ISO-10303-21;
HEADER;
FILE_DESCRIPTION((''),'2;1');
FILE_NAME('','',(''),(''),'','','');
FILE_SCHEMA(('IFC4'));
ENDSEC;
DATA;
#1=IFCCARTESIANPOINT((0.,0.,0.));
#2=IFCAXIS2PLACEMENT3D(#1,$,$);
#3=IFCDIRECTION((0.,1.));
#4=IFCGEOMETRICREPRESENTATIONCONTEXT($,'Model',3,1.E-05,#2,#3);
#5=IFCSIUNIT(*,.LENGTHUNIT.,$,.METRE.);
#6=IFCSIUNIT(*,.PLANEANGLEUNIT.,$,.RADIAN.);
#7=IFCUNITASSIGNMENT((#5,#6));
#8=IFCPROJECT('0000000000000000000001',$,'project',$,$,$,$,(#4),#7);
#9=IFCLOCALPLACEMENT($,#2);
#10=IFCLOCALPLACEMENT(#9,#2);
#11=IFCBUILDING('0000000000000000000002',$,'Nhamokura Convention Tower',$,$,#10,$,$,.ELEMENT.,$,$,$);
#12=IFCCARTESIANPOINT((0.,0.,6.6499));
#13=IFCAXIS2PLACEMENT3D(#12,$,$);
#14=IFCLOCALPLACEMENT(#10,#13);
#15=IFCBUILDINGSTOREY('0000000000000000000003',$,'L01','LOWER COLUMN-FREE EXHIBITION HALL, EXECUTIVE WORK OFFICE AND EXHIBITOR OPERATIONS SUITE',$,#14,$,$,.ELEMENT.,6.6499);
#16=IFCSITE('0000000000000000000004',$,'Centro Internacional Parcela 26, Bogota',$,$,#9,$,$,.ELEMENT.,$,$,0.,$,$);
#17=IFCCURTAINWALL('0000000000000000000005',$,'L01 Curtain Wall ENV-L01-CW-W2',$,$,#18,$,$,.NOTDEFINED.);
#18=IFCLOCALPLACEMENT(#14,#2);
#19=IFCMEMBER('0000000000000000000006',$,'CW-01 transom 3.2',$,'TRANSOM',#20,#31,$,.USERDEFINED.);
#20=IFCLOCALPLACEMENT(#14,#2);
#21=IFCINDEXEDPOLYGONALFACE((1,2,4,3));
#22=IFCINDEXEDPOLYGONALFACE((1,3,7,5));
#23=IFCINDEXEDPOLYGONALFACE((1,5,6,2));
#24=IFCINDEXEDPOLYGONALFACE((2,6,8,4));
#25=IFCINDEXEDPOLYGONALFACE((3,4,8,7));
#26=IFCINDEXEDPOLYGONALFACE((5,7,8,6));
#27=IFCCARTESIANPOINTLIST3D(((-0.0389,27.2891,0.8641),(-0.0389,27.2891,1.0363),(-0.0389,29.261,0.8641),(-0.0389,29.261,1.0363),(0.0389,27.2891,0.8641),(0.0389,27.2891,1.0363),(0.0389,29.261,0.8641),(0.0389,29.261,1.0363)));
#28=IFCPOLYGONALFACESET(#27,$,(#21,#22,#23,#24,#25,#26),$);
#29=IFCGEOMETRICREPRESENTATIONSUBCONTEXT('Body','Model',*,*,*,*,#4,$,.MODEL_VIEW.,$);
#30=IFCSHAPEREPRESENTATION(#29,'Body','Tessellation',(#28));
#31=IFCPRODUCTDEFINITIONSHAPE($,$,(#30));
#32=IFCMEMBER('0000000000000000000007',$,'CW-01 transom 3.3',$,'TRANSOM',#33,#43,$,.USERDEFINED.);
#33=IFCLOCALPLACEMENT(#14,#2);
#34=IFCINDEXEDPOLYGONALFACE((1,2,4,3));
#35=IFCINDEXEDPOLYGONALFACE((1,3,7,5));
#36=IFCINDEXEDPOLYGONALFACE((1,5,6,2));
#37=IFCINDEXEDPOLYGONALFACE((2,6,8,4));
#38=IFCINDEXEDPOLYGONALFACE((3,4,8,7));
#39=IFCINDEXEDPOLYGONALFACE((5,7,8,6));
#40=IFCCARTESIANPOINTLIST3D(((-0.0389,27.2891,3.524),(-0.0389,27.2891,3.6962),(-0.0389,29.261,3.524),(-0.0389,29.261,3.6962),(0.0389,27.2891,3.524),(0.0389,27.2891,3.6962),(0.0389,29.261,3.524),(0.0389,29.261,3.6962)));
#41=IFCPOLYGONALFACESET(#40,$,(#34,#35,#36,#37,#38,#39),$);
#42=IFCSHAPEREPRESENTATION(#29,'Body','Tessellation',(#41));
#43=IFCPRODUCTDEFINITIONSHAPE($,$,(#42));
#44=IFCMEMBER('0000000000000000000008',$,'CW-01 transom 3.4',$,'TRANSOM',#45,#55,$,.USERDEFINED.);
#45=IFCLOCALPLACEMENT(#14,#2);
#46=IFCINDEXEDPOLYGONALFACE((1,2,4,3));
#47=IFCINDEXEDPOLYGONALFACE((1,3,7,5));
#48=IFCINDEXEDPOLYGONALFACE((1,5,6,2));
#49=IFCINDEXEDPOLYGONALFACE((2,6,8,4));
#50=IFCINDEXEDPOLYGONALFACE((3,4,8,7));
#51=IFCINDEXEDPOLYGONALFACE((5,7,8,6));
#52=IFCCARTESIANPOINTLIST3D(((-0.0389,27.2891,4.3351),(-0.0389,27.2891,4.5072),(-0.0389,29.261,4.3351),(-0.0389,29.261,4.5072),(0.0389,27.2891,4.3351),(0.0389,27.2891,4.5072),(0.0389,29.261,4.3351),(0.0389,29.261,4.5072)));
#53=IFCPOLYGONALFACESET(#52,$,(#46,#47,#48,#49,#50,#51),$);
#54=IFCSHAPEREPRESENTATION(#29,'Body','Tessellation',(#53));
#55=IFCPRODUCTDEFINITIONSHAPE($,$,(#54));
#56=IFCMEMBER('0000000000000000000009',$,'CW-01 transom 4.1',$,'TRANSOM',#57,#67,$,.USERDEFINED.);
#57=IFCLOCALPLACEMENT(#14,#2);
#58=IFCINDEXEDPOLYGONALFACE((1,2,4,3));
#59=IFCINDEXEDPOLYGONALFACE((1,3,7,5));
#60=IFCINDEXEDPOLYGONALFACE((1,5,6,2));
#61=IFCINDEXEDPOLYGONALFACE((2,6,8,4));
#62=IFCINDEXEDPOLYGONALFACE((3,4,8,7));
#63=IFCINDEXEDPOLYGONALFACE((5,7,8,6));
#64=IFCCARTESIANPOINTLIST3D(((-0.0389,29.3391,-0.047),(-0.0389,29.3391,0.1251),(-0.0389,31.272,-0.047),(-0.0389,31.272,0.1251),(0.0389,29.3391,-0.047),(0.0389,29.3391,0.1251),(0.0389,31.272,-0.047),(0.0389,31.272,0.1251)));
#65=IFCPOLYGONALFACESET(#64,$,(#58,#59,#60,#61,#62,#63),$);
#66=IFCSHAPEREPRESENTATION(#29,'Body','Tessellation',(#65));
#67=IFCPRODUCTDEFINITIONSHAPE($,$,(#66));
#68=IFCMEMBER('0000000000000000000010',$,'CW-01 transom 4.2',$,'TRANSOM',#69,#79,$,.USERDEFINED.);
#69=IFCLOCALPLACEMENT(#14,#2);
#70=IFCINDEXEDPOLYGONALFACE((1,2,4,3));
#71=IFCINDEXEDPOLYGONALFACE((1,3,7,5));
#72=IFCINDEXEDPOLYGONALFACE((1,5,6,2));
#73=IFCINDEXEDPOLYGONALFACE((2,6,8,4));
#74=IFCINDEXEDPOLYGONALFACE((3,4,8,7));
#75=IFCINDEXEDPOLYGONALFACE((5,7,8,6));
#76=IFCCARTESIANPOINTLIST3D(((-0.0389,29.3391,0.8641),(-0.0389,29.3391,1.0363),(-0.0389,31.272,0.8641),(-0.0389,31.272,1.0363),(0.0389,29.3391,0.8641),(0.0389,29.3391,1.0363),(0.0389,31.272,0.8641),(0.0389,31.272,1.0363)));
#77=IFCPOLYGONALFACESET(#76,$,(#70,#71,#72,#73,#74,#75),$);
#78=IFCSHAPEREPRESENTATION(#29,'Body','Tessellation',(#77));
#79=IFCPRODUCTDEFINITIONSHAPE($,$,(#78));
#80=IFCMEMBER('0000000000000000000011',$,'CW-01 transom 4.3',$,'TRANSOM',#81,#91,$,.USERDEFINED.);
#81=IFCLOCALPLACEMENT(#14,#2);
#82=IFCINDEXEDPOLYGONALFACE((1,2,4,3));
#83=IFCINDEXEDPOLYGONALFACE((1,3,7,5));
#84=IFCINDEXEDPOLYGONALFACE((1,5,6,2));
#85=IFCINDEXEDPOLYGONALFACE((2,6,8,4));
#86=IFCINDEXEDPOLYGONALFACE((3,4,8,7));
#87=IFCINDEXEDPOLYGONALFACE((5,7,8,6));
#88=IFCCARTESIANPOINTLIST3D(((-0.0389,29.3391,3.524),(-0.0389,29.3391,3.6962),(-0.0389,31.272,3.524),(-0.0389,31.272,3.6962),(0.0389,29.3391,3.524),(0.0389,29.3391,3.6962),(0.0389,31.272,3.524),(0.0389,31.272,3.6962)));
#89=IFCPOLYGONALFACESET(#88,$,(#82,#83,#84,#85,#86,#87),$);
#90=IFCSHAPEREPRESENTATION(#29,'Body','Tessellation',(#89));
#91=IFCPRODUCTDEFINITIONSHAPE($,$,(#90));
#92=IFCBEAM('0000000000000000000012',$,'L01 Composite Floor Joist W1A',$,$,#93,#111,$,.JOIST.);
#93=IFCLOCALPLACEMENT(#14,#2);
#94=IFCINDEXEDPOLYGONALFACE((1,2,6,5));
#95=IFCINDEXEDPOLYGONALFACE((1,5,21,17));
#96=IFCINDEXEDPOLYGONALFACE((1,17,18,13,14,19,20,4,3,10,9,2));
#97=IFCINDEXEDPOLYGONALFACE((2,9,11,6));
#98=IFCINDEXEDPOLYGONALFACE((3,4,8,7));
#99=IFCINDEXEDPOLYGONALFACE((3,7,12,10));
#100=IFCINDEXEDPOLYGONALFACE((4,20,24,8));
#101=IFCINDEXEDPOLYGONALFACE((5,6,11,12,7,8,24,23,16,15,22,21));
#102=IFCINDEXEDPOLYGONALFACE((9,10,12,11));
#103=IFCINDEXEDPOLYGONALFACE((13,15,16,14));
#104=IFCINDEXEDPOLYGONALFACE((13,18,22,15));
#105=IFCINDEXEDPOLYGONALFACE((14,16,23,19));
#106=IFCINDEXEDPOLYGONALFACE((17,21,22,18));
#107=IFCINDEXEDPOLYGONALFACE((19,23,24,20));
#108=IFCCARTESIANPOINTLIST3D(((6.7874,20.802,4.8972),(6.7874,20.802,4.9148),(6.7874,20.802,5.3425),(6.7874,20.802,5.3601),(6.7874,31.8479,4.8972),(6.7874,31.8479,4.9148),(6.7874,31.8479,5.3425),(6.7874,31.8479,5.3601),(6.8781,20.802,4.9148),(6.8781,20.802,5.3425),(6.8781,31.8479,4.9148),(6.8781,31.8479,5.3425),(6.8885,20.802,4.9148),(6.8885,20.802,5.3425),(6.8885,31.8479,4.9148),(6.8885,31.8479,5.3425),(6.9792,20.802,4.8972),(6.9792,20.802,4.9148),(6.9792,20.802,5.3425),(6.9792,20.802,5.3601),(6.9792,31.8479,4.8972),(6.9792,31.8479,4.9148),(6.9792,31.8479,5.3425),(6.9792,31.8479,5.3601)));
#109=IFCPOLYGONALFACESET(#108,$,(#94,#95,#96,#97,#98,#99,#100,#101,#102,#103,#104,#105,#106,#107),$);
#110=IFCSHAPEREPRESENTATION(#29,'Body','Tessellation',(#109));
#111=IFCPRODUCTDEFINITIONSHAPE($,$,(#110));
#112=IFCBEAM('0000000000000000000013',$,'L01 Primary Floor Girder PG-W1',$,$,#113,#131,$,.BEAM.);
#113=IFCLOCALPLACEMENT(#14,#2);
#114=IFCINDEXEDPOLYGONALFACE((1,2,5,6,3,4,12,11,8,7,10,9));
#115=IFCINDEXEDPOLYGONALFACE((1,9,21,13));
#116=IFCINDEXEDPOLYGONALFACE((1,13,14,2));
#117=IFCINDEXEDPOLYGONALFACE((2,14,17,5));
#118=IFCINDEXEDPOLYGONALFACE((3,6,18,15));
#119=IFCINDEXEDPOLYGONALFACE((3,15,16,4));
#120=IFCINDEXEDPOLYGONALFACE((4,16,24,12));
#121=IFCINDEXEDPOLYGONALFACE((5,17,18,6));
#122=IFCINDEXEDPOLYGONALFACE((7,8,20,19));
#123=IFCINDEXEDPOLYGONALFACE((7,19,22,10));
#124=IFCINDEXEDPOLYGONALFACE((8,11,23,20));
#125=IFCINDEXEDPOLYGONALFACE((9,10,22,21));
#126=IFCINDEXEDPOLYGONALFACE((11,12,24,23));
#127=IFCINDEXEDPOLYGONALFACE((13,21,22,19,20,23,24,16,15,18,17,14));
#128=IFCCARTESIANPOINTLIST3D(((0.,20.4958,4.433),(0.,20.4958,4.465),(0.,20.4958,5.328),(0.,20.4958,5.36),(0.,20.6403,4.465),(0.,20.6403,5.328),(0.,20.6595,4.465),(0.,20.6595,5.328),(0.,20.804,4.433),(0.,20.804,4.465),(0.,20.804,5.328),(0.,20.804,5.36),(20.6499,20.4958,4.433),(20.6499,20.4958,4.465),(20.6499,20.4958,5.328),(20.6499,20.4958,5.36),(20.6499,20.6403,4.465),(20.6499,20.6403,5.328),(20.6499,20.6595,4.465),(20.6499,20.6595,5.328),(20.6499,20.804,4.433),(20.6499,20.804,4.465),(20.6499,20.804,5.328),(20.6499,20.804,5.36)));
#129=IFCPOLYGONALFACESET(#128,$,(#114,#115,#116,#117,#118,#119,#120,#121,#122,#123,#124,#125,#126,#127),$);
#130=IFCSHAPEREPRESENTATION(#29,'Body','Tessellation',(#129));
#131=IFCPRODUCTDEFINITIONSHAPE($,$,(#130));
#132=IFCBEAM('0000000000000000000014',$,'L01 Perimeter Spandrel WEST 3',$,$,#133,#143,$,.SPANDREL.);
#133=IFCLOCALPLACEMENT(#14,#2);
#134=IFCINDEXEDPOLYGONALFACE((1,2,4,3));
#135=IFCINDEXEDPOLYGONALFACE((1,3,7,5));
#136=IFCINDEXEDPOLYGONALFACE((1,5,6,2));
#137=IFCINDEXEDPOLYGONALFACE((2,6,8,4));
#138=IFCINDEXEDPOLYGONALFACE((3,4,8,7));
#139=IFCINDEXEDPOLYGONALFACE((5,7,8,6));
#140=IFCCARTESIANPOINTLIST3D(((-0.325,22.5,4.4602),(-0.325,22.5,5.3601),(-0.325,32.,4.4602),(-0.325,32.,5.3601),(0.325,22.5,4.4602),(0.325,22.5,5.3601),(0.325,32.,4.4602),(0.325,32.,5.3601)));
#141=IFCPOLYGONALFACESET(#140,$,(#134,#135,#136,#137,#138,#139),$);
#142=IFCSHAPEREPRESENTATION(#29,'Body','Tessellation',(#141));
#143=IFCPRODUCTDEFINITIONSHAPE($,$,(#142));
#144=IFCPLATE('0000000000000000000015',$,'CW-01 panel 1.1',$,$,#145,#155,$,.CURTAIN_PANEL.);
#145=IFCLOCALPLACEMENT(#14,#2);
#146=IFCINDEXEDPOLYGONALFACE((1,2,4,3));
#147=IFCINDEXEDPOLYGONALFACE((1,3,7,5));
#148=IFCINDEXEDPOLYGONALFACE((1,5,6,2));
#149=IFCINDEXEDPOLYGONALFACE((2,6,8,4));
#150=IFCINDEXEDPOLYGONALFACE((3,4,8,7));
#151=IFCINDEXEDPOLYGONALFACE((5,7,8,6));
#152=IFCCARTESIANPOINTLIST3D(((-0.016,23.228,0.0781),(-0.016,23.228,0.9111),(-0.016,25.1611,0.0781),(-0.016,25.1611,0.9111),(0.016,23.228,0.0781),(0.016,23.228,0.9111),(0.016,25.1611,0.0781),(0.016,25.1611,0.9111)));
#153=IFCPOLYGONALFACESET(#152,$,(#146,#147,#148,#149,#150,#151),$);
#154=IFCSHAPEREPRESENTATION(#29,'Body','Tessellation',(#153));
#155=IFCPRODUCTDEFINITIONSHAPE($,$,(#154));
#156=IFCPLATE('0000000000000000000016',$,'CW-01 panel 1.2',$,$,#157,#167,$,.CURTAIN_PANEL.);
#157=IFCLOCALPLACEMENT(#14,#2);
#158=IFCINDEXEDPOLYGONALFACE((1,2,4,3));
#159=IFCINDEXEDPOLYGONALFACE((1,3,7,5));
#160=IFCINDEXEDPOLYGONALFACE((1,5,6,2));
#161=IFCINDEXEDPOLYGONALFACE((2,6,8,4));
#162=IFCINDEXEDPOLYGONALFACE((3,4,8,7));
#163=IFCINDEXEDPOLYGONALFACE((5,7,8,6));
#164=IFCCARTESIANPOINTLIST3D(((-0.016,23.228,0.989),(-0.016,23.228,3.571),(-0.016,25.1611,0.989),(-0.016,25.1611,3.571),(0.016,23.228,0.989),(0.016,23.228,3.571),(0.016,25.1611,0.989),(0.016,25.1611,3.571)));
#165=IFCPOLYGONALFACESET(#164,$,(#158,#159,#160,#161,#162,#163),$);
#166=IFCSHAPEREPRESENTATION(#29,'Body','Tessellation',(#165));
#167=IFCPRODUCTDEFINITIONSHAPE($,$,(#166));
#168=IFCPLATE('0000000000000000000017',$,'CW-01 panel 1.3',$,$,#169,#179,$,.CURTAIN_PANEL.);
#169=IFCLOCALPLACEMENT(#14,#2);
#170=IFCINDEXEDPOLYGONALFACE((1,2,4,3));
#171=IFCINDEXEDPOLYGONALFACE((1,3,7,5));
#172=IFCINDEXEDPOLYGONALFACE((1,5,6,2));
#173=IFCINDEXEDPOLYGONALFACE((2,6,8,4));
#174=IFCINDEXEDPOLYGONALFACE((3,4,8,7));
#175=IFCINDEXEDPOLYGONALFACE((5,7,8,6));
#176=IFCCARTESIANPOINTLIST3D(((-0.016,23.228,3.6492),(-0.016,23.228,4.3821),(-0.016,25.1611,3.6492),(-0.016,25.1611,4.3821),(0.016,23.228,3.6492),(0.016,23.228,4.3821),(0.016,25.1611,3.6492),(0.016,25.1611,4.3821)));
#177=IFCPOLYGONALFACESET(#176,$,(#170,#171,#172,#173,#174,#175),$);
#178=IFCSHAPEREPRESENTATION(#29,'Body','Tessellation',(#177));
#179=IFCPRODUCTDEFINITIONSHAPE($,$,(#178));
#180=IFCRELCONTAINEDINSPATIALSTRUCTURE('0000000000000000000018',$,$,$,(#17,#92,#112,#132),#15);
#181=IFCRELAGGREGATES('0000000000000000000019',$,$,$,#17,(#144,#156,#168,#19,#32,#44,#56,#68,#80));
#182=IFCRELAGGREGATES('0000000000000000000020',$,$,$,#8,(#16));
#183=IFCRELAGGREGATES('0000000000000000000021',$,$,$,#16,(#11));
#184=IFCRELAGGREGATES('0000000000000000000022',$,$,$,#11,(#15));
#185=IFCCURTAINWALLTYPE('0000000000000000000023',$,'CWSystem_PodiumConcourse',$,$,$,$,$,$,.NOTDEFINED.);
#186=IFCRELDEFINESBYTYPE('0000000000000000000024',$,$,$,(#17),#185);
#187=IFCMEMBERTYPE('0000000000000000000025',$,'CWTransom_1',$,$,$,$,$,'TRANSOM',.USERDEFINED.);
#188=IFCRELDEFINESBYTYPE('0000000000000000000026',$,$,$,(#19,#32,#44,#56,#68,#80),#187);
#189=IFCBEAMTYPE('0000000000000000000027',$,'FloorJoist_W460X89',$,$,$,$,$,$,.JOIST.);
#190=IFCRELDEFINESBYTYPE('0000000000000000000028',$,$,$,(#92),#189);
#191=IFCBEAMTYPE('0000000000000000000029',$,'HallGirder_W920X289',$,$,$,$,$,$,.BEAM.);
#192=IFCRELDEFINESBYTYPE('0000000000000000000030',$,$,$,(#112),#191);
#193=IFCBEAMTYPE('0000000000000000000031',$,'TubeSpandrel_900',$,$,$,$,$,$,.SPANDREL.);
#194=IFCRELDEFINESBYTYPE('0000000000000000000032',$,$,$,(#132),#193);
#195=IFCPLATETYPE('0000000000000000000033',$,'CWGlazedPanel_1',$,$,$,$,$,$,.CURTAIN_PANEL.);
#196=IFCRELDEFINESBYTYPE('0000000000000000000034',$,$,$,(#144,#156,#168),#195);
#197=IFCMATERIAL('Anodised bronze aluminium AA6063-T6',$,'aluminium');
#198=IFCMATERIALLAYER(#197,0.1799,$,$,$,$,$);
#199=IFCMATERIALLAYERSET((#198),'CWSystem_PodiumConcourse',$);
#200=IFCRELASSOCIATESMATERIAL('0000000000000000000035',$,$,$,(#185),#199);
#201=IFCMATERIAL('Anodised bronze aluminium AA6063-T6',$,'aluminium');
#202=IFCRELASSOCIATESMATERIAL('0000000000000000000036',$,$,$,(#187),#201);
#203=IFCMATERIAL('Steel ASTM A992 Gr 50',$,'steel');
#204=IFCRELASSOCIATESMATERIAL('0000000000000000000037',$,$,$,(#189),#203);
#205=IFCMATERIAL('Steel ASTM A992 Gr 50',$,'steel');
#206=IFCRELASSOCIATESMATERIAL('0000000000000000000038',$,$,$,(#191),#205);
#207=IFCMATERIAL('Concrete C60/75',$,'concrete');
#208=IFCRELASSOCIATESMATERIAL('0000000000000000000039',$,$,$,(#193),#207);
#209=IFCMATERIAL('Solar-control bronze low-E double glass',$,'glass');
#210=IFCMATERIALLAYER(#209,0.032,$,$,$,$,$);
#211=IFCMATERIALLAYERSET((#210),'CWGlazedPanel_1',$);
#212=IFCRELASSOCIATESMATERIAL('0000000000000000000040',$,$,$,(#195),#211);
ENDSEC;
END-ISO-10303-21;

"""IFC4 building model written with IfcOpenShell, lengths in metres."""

from ifc_helpers import new_model, si_unit, direction, frame, origin, origin_2d, place, context, subcontext, project, spatial, rectangle, i_section, extrude, material, layer, layer_set, material_profile, profile_set, type_object, element, aggregate, save


model = new_model("IFC4")

# Units and contexts
model_context = context("Model", 3, precision=1e-05, world=origin(), true_north=direction((0.0, 1.0)))
body_context = subcontext(model_context, "Body", "Model", "MODEL_VIEW")
ifc_project = project(units=[si_unit("LENGTHUNIT", "METRE"), si_unit("PLANEANGLEUNIT", "RADIAN")], contexts=[model_context])

# Site, building, storey
site_placement = place(None, origin())
site = spatial("IfcSite", under=ifc_project, at=site_placement, Name="Centro Internacional Parcela 26, Bogota", CompositionType="ELEMENT", RefElevation=0.0)
building_placement = place(site_placement, origin())
building = spatial("IfcBuilding", under=site, at=building_placement, Name="Nhamokura Convention Tower", CompositionType="ELEMENT")
storey_placement = place(building_placement, frame((0.0, 0.0, 6.6499)))
storey = spatial("IfcBuildingStorey", under=building, at=storey_placement, Name="L01", Description="LOWER COLUMN-FREE EXHIBITION HALL, EXECUTIVE WORK OFFICE AND EXHIBITOR OPERATIONS SUITE", CompositionType="ELEMENT", Elevation=6.6499)

# Curtain wall, members
ifc_material_1 = material(Name="Anodised bronze aluminium AA6063-T6", Category="aluminium")
ifc_layer_1 = layer(ifc_material_1, 0.1799)
ifc_layer_set_1 = layer_set([ifc_layer_1], Name="CWSystem_PodiumConcourse")
curtain_wall_type = type_object("IfcCurtainWallType", Name="CWSystem_PodiumConcourse", PredefinedType="NOTDEFINED", material=ifc_layer_set_1)
curtain_wall_placement = place(storey_placement, origin())
curtain_wall = element("IfcCurtainWall", 1, at=curtain_wall_placement, inside=storey, type_object=curtain_wall_type, Name="L01 Curtain Wall ENV-L01-CW-W2", PredefinedType="NOTDEFINED")
ifc_material_2 = material(Name="Anodised bronze aluminium AA6063-T6", Category="aluminium")
ifc_material_profile_1 = material_profile(ifc_material_2, rectangle(XDim=0.0779, YDim=0.1721, at=origin_2d()))
ifc_profile_set_1 = profile_set([ifc_material_profile_1], Name="Anodised bronze aluminium AA6063-T6")
member_type_1 = type_object("IfcMemberType", Name="CWTransom_1", ElementType="TRANSOM", PredefinedType="USERDEFINED", material=ifc_profile_set_1)
member_1_placement = place(storey_placement, frame((0.0, 27.2891, 0.9502), z_axis=(0.0, 1.0, 0.0), x_axis=(-1.0, 0.0, 0.0)))
member_1 = element("IfcMember", 2, at=member_1_placement, type_object=member_type_1, Name="CW-01 transom 3.2", ObjectType="TRANSOM", PredefinedType="USERDEFINED", context=body_context, shape_type="SweptSolid", body=[
    extrude(rectangle(XDim=0.0779, YDim=0.1721, at=origin_2d()), origin(), (0.0, 0.0, 1.0), 1.9719),
])
member_2_placement = place(storey_placement, frame((0.0, 27.2891, 3.6101), z_axis=(0.0, 1.0, 0.0), x_axis=(-1.0, 0.0, 0.0)))
member_2 = element("IfcMember", 3, at=member_2_placement, type_object=member_type_1, Name="CW-01 transom 3.3", ObjectType="TRANSOM", PredefinedType="USERDEFINED", context=body_context, shape_type="SweptSolid", body=[
    extrude(rectangle(XDim=0.0779, YDim=0.1721, at=origin_2d()), origin(), (0.0, 0.0, 1.0), 1.9719),
])
member_3_placement = place(storey_placement, frame((0.0, 27.2891, 4.4211), z_axis=(0.0, 1.0, 0.0), x_axis=(-1.0, 0.0, 0.0)))
member_3 = element("IfcMember", 4, at=member_3_placement, type_object=member_type_1, Name="CW-01 transom 3.4", ObjectType="TRANSOM", PredefinedType="USERDEFINED", context=body_context, shape_type="SweptSolid", body=[
    extrude(rectangle(XDim=0.0779, YDim=0.1721, at=origin_2d()), origin(), (0.0, 0.0, 1.0), 1.9719),
])
member_4_placement = place(storey_placement, frame((0.0, 29.3391, 0.0391), z_axis=(0.0, 1.0, 0.0), x_axis=(-1.0, 0.0, 0.0)))
member_4 = element("IfcMember", 5, at=member_4_placement, type_object=member_type_1, Name="CW-01 transom 4.1", ObjectType="TRANSOM", PredefinedType="USERDEFINED", context=body_context, shape_type="SweptSolid", body=[
    extrude(rectangle(XDim=0.0779, YDim=0.1721, at=origin_2d()), origin(), (0.0, 0.0, 1.0), 1.9329),
])
member_5_placement = place(storey_placement, frame((0.0, 29.3391, 0.9502), z_axis=(0.0, 1.0, 0.0), x_axis=(-1.0, 0.0, 0.0)))
member_5 = element("IfcMember", 6, at=member_5_placement, type_object=member_type_1, Name="CW-01 transom 4.2", ObjectType="TRANSOM", PredefinedType="USERDEFINED", context=body_context, shape_type="SweptSolid", body=[
    extrude(rectangle(XDim=0.0779, YDim=0.1721, at=origin_2d()), origin(), (0.0, 0.0, 1.0), 1.9329),
])
member_6_placement = place(storey_placement, frame((0.0, 29.3391, 3.6101), z_axis=(0.0, 1.0, 0.0), x_axis=(-1.0, 0.0, 0.0)))
member_6 = element("IfcMember", 7, at=member_6_placement, type_object=member_type_1, Name="CW-01 transom 4.3", ObjectType="TRANSOM", PredefinedType="USERDEFINED", context=body_context, shape_type="SweptSolid", body=[
    extrude(rectangle(XDim=0.0779, YDim=0.1721, at=origin_2d()), origin(), (0.0, 0.0, 1.0), 1.9329),
])

# Beams
ifc_material_3 = material(Name="Steel ASTM A992 Gr 50", Category="steel")
ifc_material_profile_2 = material_profile(ifc_material_3, i_section(OverallWidth=0.1919, OverallDepth=0.4629, WebThickness=0.0105, FlangeThickness=0.0176, at=origin_2d()))
ifc_profile_set_2 = profile_set([ifc_material_profile_2], Name="Steel ASTM A992 Gr 50")
beam_type_1 = type_object("IfcBeamType", Name="FloorJoist_W460X89", PredefinedType="JOIST", material=ifc_profile_set_2)
beam_1_placement = place(storey_placement, frame((6.8833, 20.802, 5.1287), z_axis=(0.0, 1.0, 0.0), x_axis=(-1.0, 0.0, 0.0)))
element("IfcBeam", 8, at=beam_1_placement, inside=storey, type_object=beam_type_1, Name="L01 Composite Floor Joist W1A", PredefinedType="JOIST", context=body_context, shape_type="SweptSolid", body=[
    extrude(i_section(OverallWidth=0.1919, OverallDepth=0.4629, WebThickness=0.0105, FlangeThickness=0.0176, at=origin_2d()), origin(), (0.0, 0.0, 1.0), 11.0459),
])
ifc_material_4 = material(Name="Steel ASTM A992 Gr 50", Category="steel")
ifc_material_profile_3 = material_profile(ifc_material_4, i_section(OverallWidth=0.3081, OverallDepth=0.927, WebThickness=0.0193, FlangeThickness=0.032, at=origin_2d()))
ifc_profile_set_3 = profile_set([ifc_material_profile_3], Name="Steel ASTM A992 Gr 50")
beam_type_2 = type_object("IfcBeamType", Name="HallGirder_W920X289", PredefinedType="BEAM", material=ifc_profile_set_3)
beam_2_placement = place(storey_placement, frame((0.0, 20.6499, 4.8965), z_axis=(1.0, 0.0, 0.0), x_axis=(0.0, 1.0, 0.0)))
element("IfcBeam", 9, at=beam_2_placement, inside=storey, type_object=beam_type_2, Name="L01 Primary Floor Girder PG-W1", PredefinedType="BEAM", context=body_context, shape_type="SweptSolid", body=[
    extrude(i_section(OverallWidth=0.3081, OverallDepth=0.927, WebThickness=0.0193, FlangeThickness=0.032, at=origin_2d()), origin(), (0.0, 0.0, 1.0), 20.6499),
])
ifc_material_5 = material(Name="Concrete C60/75", Category="concrete")
ifc_material_profile_4 = material_profile(ifc_material_5, rectangle(XDim=0.6499, YDim=0.8999, at=origin_2d()))
ifc_profile_set_4 = profile_set([ifc_material_profile_4], Name="Concrete C60/75")
beam_type_3 = type_object("IfcBeamType", Name="TubeSpandrel_900", PredefinedType="SPANDREL", material=ifc_profile_set_4)
beam_3_placement = place(storey_placement, frame((0.0, 22.5, 4.9102), z_axis=(0.0, 1.0, 0.0), x_axis=(-1.0, 0.0, 0.0)))
element("IfcBeam", 10, at=beam_3_placement, inside=storey, type_object=beam_type_3, Name="L01 Perimeter Spandrel WEST 3", PredefinedType="SPANDREL", context=body_context, shape_type="SweptSolid", body=[
    extrude(rectangle(XDim=0.6499, YDim=0.8999, at=origin_2d()), origin(), (0.0, 0.0, 1.0), 9.5),
])

# Plates
ifc_material_6 = material(Name="Solar-control bronze low-E double glass", Category="glass")
ifc_layer_2 = layer(ifc_material_6, 0.032)
ifc_layer_set_2 = layer_set([ifc_layer_2], Name="CWGlazedPanel_1")
plate_type = type_object("IfcPlateType", Name="CWGlazedPanel_1", PredefinedType="CURTAIN_PANEL", material=ifc_layer_set_2)
plate_1_placement = place(storey_placement, frame((0.0, 24.1946, 0.0781), z_axis=(0.0, 0.0, 1.0), x_axis=(0.0, 1.0, 0.0)))
plate_1 = element("IfcPlate", 11, at=plate_1_placement, type_object=plate_type, Name="CW-01 panel 1.1", PredefinedType="CURTAIN_PANEL", context=body_context, shape_type="SweptSolid", body=[
    extrude(rectangle(XDim=1.9331, YDim=0.032, at=origin_2d()), origin(), (0.0, 0.0, 1.0), 0.833),
])
plate_2_placement = place(storey_placement, frame((0.0, 24.1946, 0.989), z_axis=(0.0, 0.0, 1.0), x_axis=(0.0, 1.0, 0.0)))
plate_2 = element("IfcPlate", 12, at=plate_2_placement, type_object=plate_type, Name="CW-01 panel 1.2", PredefinedType="CURTAIN_PANEL", context=body_context, shape_type="SweptSolid", body=[
    extrude(rectangle(XDim=1.9331, YDim=0.032, at=origin_2d()), origin(), (0.0, 0.0, 1.0), 2.582),
])
plate_3_placement = place(storey_placement, frame((0.0, 24.1946, 3.6492), z_axis=(0.0, 0.0, 1.0), x_axis=(0.0, 1.0, 0.0)))
plate_3 = element("IfcPlate", 13, at=plate_3_placement, type_object=plate_type, Name="CW-01 panel 1.3", PredefinedType="CURTAIN_PANEL", context=body_context, shape_type="SweptSolid", body=[
    extrude(rectangle(XDim=1.9331, YDim=0.032, at=origin_2d()), origin(), (0.0, 0.0, 1.0), 0.7329),
])
aggregate(curtain_wall, [plate_1, plate_2, plate_3, member_1, member_2, member_3, member_4, member_5, member_6])

save(model, "model.ifc")
